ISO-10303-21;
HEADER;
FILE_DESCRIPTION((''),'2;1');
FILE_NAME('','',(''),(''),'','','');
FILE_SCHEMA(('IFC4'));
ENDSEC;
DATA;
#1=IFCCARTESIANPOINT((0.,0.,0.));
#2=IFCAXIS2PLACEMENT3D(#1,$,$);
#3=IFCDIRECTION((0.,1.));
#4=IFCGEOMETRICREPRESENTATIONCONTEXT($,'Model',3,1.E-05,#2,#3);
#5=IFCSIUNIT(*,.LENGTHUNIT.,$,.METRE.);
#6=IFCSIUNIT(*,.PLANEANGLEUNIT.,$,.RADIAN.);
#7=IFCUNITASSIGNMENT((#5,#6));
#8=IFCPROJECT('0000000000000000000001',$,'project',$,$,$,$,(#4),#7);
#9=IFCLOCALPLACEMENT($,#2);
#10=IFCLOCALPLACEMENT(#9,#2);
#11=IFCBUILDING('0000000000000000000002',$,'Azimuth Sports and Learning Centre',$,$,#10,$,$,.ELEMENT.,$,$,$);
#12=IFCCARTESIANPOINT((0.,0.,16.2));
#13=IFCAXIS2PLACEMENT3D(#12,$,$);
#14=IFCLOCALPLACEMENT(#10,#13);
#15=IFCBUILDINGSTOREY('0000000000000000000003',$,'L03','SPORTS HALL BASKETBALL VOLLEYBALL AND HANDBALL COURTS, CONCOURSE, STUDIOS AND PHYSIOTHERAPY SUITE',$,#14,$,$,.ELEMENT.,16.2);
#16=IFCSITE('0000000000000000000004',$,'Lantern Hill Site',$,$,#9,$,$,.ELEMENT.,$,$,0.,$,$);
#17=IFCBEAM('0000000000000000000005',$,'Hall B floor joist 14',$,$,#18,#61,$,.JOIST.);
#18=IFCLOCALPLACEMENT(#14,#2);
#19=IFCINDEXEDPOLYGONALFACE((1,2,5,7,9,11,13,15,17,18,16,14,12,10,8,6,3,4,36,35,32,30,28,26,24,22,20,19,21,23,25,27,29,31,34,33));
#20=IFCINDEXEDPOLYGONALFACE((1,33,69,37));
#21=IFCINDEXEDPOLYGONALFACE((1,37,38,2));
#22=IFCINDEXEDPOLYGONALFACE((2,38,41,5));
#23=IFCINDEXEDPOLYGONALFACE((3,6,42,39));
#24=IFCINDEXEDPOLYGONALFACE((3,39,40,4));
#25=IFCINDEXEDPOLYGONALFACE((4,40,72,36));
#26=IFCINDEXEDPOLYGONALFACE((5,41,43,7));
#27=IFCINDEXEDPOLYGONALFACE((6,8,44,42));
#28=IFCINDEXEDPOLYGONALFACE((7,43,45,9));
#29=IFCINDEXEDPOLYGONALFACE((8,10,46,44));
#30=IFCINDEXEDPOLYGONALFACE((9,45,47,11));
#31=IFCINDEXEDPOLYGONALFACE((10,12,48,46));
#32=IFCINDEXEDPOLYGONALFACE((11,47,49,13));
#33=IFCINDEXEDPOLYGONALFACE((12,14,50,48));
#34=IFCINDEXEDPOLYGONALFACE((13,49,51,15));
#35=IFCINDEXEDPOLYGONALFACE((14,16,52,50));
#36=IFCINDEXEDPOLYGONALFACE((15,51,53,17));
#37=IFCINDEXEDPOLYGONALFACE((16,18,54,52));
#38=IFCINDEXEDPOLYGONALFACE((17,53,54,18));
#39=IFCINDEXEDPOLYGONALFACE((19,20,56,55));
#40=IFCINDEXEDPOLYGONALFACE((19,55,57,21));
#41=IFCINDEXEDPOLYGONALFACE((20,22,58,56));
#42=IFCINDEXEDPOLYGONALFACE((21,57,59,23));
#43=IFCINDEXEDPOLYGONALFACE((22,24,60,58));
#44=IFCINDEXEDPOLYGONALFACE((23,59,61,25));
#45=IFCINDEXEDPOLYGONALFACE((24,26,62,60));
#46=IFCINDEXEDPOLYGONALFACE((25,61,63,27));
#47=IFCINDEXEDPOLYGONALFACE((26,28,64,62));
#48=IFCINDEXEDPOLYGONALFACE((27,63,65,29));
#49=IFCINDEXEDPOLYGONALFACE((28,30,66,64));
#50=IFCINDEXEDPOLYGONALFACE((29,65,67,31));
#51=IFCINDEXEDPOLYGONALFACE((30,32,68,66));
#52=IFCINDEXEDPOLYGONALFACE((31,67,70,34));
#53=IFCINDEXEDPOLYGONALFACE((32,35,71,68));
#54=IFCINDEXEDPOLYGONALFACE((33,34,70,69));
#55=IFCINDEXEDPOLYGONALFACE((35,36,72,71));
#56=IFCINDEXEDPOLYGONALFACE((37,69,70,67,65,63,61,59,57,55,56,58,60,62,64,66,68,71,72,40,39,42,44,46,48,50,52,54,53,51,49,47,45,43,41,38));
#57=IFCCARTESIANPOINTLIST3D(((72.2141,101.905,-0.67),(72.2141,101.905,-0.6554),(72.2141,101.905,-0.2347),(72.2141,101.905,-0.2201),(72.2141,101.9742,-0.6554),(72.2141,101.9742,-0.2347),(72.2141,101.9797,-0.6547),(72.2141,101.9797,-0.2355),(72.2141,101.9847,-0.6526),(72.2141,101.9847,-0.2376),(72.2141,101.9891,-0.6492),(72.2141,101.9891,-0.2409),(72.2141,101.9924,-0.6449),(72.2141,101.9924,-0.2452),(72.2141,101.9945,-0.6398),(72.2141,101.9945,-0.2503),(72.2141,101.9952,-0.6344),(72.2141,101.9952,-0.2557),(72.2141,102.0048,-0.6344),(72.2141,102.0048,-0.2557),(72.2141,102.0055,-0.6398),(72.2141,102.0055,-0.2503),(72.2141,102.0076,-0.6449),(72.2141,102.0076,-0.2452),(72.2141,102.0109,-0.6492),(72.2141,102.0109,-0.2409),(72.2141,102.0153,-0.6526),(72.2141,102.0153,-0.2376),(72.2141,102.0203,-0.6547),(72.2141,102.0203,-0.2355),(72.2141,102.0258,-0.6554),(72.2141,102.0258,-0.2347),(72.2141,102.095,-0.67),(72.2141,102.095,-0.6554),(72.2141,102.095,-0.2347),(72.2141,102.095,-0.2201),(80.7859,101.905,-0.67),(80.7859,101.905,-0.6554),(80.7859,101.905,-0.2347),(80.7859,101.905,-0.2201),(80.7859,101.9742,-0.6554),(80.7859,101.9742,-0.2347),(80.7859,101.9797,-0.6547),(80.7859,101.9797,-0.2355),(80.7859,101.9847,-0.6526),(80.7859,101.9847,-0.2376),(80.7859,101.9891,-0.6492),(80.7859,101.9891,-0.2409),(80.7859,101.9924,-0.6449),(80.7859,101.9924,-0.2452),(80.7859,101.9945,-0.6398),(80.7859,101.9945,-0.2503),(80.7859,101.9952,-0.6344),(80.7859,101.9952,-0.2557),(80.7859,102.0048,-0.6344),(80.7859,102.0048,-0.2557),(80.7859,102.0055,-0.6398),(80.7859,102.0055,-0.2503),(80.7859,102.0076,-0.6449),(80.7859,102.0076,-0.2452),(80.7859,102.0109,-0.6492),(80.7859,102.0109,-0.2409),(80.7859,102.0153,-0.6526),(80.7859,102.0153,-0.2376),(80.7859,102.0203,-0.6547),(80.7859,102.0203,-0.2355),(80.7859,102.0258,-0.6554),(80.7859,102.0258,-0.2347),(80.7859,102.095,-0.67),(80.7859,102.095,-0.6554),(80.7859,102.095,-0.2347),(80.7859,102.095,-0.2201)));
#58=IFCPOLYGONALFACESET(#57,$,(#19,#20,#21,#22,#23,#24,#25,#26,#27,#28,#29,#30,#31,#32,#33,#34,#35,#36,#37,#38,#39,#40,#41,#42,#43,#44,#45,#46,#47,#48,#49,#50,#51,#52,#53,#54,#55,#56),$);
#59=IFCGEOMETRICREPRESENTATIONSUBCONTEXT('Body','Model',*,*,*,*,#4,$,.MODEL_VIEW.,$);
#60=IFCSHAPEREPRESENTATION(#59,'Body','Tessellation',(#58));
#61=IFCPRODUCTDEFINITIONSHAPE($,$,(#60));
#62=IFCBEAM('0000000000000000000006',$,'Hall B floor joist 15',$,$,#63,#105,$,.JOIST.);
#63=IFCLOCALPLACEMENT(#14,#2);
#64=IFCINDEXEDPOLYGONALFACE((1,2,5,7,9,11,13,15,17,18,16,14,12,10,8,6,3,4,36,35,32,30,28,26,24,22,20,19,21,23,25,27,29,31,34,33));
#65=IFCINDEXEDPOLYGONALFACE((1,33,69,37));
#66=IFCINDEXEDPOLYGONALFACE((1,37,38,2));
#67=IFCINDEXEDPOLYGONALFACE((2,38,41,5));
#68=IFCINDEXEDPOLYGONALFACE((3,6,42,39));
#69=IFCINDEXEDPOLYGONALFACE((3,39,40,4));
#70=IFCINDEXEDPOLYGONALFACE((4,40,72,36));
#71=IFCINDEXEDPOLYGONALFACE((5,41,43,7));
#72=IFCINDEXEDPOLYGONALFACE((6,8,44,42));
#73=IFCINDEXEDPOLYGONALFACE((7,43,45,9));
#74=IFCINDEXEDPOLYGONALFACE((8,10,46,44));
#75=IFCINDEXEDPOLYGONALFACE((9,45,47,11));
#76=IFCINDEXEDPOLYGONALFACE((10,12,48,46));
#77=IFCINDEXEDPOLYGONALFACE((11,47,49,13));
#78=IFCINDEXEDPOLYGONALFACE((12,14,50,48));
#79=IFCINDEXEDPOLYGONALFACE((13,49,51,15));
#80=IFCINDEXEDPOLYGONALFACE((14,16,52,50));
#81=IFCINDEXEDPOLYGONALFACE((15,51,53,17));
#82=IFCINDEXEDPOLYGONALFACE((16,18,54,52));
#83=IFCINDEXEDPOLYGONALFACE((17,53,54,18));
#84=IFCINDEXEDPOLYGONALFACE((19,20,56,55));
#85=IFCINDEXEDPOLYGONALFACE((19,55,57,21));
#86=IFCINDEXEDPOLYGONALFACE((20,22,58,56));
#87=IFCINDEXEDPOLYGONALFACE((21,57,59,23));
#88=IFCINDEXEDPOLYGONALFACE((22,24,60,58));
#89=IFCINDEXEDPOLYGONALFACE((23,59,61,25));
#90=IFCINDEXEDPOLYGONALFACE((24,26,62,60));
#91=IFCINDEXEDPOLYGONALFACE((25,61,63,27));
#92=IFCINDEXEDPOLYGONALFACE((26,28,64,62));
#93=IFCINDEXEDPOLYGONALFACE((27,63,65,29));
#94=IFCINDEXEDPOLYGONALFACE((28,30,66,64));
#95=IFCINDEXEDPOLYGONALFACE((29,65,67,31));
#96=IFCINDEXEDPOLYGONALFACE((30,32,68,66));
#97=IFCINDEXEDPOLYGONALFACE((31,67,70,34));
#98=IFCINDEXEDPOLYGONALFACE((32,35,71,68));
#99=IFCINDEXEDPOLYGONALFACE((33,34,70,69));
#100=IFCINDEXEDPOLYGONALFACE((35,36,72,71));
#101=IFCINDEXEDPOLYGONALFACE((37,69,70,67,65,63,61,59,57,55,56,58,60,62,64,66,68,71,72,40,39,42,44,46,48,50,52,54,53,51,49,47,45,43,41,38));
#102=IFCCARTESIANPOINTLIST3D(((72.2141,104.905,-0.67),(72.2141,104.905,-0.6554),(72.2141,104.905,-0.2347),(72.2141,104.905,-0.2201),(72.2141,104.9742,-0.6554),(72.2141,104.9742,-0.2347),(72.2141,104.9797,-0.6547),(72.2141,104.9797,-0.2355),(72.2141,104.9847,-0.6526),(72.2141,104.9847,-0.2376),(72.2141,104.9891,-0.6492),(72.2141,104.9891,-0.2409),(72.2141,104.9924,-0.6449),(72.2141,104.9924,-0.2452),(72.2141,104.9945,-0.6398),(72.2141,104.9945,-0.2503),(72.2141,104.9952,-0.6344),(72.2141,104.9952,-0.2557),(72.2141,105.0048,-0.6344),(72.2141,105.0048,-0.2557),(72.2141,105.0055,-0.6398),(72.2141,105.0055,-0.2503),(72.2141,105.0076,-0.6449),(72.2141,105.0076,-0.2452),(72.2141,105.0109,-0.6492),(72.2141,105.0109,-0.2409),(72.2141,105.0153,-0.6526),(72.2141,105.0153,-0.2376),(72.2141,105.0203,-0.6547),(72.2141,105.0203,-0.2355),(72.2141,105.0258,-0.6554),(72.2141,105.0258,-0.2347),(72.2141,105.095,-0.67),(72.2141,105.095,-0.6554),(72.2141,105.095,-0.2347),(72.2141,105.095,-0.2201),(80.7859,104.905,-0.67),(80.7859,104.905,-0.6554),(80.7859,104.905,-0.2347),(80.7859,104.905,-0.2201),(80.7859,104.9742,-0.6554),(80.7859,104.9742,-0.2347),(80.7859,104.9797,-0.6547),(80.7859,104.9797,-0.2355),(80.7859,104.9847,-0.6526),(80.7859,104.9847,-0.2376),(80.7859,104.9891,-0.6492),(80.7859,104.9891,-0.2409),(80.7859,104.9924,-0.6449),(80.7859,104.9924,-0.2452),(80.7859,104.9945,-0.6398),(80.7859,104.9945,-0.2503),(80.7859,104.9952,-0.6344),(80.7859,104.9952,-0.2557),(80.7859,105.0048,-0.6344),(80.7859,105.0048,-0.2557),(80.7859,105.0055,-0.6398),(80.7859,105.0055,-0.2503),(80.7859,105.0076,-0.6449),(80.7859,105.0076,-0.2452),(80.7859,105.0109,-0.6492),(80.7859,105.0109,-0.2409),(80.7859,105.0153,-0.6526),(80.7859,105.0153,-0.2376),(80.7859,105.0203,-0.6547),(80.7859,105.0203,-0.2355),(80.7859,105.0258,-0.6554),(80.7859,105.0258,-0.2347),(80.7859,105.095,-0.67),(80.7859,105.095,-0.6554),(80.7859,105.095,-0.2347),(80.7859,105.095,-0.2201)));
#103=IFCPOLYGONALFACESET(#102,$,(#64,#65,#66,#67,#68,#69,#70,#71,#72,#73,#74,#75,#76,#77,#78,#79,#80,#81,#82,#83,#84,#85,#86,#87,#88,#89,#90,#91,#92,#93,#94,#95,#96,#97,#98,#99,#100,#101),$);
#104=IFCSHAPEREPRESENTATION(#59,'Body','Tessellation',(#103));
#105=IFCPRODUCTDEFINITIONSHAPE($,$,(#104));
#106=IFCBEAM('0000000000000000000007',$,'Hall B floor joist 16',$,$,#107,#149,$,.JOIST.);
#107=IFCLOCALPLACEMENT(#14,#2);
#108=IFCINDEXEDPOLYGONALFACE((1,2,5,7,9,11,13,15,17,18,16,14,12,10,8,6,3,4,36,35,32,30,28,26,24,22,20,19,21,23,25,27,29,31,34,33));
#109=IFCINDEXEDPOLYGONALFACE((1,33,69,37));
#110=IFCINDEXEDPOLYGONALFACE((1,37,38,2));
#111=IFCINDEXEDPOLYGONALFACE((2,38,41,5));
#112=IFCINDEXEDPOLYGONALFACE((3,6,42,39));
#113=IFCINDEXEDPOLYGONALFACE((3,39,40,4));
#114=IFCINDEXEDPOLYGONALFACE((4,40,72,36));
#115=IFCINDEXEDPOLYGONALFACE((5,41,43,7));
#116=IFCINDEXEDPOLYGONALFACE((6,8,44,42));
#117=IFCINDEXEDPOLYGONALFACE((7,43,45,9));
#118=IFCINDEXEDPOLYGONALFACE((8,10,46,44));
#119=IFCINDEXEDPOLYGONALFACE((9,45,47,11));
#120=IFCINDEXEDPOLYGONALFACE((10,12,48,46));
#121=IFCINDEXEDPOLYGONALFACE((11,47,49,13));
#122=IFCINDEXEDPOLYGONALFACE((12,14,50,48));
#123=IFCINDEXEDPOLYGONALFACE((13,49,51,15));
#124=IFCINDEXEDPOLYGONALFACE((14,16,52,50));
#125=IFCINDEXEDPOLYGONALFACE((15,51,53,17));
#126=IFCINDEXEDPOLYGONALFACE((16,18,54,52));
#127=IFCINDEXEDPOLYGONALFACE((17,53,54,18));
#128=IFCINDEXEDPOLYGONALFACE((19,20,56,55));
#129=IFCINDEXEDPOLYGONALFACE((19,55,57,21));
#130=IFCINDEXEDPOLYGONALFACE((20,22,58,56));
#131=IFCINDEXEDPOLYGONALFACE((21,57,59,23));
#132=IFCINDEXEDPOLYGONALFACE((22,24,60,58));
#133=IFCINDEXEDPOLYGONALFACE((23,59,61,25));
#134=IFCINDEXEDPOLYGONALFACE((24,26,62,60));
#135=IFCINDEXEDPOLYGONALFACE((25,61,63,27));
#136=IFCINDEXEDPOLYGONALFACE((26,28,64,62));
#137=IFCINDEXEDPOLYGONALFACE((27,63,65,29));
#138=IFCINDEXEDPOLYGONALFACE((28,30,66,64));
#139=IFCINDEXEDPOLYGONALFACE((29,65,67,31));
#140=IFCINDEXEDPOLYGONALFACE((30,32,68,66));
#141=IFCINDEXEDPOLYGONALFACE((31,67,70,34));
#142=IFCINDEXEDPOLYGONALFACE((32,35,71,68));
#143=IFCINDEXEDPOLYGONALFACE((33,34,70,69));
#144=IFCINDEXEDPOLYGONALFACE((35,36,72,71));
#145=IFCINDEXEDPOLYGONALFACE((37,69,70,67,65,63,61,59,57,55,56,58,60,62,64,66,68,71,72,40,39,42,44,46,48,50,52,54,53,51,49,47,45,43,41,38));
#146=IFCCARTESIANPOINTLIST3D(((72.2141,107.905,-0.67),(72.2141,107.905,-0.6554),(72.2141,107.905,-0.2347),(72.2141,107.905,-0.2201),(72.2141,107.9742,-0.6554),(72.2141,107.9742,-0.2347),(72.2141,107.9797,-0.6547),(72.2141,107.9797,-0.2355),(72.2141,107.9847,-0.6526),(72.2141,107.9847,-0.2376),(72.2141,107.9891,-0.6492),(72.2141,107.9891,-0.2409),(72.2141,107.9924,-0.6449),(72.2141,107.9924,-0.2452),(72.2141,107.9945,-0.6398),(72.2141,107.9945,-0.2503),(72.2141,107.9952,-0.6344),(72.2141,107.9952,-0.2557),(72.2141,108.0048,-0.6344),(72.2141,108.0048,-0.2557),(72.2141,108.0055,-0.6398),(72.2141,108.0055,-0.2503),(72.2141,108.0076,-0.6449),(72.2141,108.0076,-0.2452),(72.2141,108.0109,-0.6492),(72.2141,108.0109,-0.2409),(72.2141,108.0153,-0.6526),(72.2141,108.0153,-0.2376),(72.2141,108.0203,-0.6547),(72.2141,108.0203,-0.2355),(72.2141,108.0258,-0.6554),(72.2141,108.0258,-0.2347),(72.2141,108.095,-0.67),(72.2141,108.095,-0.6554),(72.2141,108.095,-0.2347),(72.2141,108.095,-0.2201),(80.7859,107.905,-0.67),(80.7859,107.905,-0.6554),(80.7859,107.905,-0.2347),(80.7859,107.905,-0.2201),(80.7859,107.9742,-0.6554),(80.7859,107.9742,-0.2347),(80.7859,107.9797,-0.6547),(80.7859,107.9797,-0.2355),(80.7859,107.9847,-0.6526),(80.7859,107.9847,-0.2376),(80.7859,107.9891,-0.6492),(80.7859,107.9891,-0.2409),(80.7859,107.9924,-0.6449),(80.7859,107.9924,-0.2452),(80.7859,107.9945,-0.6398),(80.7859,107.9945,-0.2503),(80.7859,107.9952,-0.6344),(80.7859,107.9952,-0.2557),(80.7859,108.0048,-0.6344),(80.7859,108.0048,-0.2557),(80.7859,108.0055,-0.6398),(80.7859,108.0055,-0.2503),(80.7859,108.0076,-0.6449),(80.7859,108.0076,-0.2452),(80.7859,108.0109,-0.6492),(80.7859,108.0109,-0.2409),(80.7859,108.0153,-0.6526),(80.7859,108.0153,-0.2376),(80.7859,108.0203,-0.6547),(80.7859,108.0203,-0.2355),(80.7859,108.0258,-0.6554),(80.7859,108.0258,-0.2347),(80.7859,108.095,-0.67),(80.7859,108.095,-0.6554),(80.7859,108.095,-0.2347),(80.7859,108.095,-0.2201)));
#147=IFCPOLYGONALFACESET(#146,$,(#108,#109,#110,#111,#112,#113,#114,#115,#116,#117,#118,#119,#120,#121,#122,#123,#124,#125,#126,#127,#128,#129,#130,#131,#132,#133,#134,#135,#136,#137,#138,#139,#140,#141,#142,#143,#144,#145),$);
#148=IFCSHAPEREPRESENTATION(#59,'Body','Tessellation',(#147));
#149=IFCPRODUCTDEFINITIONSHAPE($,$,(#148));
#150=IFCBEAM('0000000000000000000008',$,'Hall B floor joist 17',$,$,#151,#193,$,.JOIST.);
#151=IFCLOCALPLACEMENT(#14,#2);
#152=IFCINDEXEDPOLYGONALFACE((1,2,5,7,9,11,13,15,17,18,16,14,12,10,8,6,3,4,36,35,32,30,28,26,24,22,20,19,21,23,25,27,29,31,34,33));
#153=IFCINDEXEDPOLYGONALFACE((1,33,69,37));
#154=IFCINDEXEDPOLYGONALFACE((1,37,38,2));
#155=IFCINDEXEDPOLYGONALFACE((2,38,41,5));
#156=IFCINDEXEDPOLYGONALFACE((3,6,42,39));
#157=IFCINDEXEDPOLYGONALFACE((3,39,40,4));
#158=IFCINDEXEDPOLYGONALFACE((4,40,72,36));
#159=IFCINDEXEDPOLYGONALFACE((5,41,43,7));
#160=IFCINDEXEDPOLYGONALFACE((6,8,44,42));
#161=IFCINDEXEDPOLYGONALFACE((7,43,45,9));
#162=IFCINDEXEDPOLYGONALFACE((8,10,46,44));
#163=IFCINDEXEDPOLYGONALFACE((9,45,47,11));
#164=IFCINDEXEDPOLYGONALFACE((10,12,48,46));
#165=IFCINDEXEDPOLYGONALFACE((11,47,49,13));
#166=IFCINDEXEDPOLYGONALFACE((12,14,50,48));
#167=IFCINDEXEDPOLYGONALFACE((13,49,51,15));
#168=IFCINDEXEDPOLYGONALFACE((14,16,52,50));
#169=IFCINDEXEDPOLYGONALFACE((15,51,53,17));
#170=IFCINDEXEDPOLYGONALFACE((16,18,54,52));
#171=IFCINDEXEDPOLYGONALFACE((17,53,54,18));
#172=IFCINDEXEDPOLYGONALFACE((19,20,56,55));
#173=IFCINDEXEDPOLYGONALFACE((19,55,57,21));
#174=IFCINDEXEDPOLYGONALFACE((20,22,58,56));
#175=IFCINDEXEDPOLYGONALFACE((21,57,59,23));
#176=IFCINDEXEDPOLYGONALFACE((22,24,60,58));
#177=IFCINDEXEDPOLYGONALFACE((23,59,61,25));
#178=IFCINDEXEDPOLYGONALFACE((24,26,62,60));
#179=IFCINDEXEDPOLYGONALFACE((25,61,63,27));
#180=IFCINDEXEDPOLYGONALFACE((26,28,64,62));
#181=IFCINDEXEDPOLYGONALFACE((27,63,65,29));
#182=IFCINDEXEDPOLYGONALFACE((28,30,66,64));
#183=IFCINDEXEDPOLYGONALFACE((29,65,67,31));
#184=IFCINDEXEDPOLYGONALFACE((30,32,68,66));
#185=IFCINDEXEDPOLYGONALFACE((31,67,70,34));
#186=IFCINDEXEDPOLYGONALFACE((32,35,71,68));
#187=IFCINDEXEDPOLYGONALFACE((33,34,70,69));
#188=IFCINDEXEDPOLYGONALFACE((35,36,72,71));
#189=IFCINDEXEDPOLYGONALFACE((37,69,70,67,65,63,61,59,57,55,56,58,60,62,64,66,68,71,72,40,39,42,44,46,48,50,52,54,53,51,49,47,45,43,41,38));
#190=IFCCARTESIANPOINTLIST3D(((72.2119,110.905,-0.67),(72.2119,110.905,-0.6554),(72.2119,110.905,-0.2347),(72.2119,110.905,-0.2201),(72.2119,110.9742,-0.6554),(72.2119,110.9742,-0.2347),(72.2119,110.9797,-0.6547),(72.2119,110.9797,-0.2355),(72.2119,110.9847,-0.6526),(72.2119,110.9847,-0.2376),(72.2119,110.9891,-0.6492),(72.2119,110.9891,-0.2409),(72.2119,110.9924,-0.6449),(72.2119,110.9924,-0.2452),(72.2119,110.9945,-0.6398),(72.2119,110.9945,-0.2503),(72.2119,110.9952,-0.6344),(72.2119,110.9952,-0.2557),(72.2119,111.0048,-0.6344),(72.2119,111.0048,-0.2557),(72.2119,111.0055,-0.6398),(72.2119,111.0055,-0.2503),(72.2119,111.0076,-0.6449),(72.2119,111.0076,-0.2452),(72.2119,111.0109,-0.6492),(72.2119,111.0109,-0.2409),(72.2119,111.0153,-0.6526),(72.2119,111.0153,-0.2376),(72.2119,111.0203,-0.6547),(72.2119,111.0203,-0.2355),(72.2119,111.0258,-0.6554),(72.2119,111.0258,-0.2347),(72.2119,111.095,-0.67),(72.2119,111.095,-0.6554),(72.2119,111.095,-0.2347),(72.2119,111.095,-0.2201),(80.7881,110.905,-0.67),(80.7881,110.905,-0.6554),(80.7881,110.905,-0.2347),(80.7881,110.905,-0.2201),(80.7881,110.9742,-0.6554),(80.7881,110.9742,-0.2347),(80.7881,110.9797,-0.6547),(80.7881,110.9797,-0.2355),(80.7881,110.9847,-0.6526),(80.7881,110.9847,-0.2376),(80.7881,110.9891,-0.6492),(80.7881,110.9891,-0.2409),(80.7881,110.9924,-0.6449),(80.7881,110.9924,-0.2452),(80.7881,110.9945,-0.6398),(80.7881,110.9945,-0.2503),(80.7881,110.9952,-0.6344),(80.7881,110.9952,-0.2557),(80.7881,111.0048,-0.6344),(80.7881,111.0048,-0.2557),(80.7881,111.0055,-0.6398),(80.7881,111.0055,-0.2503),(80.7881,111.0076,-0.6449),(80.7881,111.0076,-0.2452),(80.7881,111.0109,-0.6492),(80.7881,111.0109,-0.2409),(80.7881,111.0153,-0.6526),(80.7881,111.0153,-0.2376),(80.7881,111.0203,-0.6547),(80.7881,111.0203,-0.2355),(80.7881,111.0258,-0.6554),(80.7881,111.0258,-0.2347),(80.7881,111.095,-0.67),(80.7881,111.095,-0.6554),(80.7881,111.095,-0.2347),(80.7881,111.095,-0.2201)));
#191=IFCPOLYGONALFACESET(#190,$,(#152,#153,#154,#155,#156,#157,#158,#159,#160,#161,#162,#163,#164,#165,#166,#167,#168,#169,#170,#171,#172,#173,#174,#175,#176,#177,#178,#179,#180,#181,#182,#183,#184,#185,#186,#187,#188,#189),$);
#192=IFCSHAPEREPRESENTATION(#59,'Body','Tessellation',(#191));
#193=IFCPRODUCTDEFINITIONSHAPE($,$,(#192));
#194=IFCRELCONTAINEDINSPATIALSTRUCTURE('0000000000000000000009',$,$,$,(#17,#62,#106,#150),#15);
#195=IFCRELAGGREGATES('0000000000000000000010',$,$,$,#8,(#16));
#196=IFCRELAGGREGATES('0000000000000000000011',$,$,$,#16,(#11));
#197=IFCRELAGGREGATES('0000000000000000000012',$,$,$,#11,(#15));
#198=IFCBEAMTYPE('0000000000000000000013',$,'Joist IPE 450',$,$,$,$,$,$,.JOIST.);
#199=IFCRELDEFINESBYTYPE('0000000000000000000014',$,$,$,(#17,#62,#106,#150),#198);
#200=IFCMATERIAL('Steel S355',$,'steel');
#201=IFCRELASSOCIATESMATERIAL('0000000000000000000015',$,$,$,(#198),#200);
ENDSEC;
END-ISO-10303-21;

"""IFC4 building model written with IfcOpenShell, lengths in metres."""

from ifc_helpers import new_model, si_unit, direction, frame, origin, origin_2d, place, context, subcontext, project, spatial, i_section, extrude, material, material_profile, profile_set, type_object, element, save


model = new_model("IFC4")

# Units and contexts
model_context = context("Model", 3, precision=1e-05, world=origin(), true_north=direction((0.0, 1.0)))
body_context = subcontext(model_context, "Body", "Model", "MODEL_VIEW")
ifc_project = project(units=[si_unit("LENGTHUNIT", "METRE"), si_unit("PLANEANGLEUNIT", "RADIAN")], contexts=[model_context])

# Site, building, storey
site_placement = place(None, origin())
site = spatial("IfcSite", under=ifc_project, at=site_placement, Name="Lantern Hill Site", CompositionType="ELEMENT", RefElevation=0.0)
building_placement = place(site_placement, origin())
building = spatial("IfcBuilding", under=site, at=building_placement, Name="Azimuth Sports and Learning Centre", CompositionType="ELEMENT")
storey_placement = place(building_placement, frame((0.0, 0.0, 16.2)))
storey = spatial("IfcBuildingStorey", under=building, at=storey_placement, Name="L03", Description="SPORTS HALL BASKETBALL VOLLEYBALL AND HANDBALL COURTS, CONCOURSE, STUDIOS AND PHYSIOTHERAPY SUITE", CompositionType="ELEMENT", Elevation=16.2)

# Beams
ifc_material_1 = material(Name="Steel S355", Category="steel")
ifc_material_profile_1 = material_profile(ifc_material_1, i_section(OverallWidth=0.1899, OverallDepth=0.45, WebThickness=0.0095, FlangeThickness=0.0146, FilletRadius=0.021, at=origin_2d()), Name="IPE 450")
ifc_profile_set_1 = profile_set([ifc_material_profile_1], Name="Steel S355")
beam_type_1 = type_object("IfcBeamType", Name="Joist IPE 450", PredefinedType="JOIST", material=ifc_profile_set_1)
for number, where, z_axis, x_axis, name in (
    (1, (72.2141, 102.0, -0.4451), (1.0, 0.0, 0.0), (0.0, 1.0, 0.0), "Hall B floor joist 14"),
    (2, (72.2141, 105.0, -0.4451), (1.0, 0.0, 0.0), (0.0, 1.0, 0.0), "Hall B floor joist 15"),
    (3, (72.2141, 108.0, -0.4451), (1.0, 0.0, 0.0), (0.0, 1.0, 0.0), "Hall B floor joist 16"),
):
    element("IfcBeam", number, at=place(storey_placement, frame(where, z_axis=z_axis, x_axis=x_axis)), inside=storey, type_object=beam_type_1, Name=name, PredefinedType="JOIST", context=body_context, shape_type="SweptSolid", body=[
        extrude(i_section(OverallWidth=0.1899, OverallDepth=0.45, WebThickness=0.0095, FlangeThickness=0.0146, FilletRadius=0.021, at=origin_2d()), origin(), (0.0, 0.0, 1.0), 8.5718),
    ])
beam_1_placement = place(storey_placement, frame((72.2119, 111.0, -0.4451), z_axis=(1.0, 0.0, 0.0), x_axis=(0.0, 1.0, 0.0)))
element("IfcBeam", 4, at=beam_1_placement, inside=storey, type_object=beam_type_1, Name="Hall B floor joist 17", PredefinedType="JOIST", context=body_context, shape_type="SweptSolid", body=[
    extrude(i_section(OverallWidth=0.1899, OverallDepth=0.45, WebThickness=0.0095, FlangeThickness=0.0146, FilletRadius=0.021, at=origin_2d()), origin(), (0.0, 0.0, 1.0), 8.5762),
])

save(model, "model.ifc")
